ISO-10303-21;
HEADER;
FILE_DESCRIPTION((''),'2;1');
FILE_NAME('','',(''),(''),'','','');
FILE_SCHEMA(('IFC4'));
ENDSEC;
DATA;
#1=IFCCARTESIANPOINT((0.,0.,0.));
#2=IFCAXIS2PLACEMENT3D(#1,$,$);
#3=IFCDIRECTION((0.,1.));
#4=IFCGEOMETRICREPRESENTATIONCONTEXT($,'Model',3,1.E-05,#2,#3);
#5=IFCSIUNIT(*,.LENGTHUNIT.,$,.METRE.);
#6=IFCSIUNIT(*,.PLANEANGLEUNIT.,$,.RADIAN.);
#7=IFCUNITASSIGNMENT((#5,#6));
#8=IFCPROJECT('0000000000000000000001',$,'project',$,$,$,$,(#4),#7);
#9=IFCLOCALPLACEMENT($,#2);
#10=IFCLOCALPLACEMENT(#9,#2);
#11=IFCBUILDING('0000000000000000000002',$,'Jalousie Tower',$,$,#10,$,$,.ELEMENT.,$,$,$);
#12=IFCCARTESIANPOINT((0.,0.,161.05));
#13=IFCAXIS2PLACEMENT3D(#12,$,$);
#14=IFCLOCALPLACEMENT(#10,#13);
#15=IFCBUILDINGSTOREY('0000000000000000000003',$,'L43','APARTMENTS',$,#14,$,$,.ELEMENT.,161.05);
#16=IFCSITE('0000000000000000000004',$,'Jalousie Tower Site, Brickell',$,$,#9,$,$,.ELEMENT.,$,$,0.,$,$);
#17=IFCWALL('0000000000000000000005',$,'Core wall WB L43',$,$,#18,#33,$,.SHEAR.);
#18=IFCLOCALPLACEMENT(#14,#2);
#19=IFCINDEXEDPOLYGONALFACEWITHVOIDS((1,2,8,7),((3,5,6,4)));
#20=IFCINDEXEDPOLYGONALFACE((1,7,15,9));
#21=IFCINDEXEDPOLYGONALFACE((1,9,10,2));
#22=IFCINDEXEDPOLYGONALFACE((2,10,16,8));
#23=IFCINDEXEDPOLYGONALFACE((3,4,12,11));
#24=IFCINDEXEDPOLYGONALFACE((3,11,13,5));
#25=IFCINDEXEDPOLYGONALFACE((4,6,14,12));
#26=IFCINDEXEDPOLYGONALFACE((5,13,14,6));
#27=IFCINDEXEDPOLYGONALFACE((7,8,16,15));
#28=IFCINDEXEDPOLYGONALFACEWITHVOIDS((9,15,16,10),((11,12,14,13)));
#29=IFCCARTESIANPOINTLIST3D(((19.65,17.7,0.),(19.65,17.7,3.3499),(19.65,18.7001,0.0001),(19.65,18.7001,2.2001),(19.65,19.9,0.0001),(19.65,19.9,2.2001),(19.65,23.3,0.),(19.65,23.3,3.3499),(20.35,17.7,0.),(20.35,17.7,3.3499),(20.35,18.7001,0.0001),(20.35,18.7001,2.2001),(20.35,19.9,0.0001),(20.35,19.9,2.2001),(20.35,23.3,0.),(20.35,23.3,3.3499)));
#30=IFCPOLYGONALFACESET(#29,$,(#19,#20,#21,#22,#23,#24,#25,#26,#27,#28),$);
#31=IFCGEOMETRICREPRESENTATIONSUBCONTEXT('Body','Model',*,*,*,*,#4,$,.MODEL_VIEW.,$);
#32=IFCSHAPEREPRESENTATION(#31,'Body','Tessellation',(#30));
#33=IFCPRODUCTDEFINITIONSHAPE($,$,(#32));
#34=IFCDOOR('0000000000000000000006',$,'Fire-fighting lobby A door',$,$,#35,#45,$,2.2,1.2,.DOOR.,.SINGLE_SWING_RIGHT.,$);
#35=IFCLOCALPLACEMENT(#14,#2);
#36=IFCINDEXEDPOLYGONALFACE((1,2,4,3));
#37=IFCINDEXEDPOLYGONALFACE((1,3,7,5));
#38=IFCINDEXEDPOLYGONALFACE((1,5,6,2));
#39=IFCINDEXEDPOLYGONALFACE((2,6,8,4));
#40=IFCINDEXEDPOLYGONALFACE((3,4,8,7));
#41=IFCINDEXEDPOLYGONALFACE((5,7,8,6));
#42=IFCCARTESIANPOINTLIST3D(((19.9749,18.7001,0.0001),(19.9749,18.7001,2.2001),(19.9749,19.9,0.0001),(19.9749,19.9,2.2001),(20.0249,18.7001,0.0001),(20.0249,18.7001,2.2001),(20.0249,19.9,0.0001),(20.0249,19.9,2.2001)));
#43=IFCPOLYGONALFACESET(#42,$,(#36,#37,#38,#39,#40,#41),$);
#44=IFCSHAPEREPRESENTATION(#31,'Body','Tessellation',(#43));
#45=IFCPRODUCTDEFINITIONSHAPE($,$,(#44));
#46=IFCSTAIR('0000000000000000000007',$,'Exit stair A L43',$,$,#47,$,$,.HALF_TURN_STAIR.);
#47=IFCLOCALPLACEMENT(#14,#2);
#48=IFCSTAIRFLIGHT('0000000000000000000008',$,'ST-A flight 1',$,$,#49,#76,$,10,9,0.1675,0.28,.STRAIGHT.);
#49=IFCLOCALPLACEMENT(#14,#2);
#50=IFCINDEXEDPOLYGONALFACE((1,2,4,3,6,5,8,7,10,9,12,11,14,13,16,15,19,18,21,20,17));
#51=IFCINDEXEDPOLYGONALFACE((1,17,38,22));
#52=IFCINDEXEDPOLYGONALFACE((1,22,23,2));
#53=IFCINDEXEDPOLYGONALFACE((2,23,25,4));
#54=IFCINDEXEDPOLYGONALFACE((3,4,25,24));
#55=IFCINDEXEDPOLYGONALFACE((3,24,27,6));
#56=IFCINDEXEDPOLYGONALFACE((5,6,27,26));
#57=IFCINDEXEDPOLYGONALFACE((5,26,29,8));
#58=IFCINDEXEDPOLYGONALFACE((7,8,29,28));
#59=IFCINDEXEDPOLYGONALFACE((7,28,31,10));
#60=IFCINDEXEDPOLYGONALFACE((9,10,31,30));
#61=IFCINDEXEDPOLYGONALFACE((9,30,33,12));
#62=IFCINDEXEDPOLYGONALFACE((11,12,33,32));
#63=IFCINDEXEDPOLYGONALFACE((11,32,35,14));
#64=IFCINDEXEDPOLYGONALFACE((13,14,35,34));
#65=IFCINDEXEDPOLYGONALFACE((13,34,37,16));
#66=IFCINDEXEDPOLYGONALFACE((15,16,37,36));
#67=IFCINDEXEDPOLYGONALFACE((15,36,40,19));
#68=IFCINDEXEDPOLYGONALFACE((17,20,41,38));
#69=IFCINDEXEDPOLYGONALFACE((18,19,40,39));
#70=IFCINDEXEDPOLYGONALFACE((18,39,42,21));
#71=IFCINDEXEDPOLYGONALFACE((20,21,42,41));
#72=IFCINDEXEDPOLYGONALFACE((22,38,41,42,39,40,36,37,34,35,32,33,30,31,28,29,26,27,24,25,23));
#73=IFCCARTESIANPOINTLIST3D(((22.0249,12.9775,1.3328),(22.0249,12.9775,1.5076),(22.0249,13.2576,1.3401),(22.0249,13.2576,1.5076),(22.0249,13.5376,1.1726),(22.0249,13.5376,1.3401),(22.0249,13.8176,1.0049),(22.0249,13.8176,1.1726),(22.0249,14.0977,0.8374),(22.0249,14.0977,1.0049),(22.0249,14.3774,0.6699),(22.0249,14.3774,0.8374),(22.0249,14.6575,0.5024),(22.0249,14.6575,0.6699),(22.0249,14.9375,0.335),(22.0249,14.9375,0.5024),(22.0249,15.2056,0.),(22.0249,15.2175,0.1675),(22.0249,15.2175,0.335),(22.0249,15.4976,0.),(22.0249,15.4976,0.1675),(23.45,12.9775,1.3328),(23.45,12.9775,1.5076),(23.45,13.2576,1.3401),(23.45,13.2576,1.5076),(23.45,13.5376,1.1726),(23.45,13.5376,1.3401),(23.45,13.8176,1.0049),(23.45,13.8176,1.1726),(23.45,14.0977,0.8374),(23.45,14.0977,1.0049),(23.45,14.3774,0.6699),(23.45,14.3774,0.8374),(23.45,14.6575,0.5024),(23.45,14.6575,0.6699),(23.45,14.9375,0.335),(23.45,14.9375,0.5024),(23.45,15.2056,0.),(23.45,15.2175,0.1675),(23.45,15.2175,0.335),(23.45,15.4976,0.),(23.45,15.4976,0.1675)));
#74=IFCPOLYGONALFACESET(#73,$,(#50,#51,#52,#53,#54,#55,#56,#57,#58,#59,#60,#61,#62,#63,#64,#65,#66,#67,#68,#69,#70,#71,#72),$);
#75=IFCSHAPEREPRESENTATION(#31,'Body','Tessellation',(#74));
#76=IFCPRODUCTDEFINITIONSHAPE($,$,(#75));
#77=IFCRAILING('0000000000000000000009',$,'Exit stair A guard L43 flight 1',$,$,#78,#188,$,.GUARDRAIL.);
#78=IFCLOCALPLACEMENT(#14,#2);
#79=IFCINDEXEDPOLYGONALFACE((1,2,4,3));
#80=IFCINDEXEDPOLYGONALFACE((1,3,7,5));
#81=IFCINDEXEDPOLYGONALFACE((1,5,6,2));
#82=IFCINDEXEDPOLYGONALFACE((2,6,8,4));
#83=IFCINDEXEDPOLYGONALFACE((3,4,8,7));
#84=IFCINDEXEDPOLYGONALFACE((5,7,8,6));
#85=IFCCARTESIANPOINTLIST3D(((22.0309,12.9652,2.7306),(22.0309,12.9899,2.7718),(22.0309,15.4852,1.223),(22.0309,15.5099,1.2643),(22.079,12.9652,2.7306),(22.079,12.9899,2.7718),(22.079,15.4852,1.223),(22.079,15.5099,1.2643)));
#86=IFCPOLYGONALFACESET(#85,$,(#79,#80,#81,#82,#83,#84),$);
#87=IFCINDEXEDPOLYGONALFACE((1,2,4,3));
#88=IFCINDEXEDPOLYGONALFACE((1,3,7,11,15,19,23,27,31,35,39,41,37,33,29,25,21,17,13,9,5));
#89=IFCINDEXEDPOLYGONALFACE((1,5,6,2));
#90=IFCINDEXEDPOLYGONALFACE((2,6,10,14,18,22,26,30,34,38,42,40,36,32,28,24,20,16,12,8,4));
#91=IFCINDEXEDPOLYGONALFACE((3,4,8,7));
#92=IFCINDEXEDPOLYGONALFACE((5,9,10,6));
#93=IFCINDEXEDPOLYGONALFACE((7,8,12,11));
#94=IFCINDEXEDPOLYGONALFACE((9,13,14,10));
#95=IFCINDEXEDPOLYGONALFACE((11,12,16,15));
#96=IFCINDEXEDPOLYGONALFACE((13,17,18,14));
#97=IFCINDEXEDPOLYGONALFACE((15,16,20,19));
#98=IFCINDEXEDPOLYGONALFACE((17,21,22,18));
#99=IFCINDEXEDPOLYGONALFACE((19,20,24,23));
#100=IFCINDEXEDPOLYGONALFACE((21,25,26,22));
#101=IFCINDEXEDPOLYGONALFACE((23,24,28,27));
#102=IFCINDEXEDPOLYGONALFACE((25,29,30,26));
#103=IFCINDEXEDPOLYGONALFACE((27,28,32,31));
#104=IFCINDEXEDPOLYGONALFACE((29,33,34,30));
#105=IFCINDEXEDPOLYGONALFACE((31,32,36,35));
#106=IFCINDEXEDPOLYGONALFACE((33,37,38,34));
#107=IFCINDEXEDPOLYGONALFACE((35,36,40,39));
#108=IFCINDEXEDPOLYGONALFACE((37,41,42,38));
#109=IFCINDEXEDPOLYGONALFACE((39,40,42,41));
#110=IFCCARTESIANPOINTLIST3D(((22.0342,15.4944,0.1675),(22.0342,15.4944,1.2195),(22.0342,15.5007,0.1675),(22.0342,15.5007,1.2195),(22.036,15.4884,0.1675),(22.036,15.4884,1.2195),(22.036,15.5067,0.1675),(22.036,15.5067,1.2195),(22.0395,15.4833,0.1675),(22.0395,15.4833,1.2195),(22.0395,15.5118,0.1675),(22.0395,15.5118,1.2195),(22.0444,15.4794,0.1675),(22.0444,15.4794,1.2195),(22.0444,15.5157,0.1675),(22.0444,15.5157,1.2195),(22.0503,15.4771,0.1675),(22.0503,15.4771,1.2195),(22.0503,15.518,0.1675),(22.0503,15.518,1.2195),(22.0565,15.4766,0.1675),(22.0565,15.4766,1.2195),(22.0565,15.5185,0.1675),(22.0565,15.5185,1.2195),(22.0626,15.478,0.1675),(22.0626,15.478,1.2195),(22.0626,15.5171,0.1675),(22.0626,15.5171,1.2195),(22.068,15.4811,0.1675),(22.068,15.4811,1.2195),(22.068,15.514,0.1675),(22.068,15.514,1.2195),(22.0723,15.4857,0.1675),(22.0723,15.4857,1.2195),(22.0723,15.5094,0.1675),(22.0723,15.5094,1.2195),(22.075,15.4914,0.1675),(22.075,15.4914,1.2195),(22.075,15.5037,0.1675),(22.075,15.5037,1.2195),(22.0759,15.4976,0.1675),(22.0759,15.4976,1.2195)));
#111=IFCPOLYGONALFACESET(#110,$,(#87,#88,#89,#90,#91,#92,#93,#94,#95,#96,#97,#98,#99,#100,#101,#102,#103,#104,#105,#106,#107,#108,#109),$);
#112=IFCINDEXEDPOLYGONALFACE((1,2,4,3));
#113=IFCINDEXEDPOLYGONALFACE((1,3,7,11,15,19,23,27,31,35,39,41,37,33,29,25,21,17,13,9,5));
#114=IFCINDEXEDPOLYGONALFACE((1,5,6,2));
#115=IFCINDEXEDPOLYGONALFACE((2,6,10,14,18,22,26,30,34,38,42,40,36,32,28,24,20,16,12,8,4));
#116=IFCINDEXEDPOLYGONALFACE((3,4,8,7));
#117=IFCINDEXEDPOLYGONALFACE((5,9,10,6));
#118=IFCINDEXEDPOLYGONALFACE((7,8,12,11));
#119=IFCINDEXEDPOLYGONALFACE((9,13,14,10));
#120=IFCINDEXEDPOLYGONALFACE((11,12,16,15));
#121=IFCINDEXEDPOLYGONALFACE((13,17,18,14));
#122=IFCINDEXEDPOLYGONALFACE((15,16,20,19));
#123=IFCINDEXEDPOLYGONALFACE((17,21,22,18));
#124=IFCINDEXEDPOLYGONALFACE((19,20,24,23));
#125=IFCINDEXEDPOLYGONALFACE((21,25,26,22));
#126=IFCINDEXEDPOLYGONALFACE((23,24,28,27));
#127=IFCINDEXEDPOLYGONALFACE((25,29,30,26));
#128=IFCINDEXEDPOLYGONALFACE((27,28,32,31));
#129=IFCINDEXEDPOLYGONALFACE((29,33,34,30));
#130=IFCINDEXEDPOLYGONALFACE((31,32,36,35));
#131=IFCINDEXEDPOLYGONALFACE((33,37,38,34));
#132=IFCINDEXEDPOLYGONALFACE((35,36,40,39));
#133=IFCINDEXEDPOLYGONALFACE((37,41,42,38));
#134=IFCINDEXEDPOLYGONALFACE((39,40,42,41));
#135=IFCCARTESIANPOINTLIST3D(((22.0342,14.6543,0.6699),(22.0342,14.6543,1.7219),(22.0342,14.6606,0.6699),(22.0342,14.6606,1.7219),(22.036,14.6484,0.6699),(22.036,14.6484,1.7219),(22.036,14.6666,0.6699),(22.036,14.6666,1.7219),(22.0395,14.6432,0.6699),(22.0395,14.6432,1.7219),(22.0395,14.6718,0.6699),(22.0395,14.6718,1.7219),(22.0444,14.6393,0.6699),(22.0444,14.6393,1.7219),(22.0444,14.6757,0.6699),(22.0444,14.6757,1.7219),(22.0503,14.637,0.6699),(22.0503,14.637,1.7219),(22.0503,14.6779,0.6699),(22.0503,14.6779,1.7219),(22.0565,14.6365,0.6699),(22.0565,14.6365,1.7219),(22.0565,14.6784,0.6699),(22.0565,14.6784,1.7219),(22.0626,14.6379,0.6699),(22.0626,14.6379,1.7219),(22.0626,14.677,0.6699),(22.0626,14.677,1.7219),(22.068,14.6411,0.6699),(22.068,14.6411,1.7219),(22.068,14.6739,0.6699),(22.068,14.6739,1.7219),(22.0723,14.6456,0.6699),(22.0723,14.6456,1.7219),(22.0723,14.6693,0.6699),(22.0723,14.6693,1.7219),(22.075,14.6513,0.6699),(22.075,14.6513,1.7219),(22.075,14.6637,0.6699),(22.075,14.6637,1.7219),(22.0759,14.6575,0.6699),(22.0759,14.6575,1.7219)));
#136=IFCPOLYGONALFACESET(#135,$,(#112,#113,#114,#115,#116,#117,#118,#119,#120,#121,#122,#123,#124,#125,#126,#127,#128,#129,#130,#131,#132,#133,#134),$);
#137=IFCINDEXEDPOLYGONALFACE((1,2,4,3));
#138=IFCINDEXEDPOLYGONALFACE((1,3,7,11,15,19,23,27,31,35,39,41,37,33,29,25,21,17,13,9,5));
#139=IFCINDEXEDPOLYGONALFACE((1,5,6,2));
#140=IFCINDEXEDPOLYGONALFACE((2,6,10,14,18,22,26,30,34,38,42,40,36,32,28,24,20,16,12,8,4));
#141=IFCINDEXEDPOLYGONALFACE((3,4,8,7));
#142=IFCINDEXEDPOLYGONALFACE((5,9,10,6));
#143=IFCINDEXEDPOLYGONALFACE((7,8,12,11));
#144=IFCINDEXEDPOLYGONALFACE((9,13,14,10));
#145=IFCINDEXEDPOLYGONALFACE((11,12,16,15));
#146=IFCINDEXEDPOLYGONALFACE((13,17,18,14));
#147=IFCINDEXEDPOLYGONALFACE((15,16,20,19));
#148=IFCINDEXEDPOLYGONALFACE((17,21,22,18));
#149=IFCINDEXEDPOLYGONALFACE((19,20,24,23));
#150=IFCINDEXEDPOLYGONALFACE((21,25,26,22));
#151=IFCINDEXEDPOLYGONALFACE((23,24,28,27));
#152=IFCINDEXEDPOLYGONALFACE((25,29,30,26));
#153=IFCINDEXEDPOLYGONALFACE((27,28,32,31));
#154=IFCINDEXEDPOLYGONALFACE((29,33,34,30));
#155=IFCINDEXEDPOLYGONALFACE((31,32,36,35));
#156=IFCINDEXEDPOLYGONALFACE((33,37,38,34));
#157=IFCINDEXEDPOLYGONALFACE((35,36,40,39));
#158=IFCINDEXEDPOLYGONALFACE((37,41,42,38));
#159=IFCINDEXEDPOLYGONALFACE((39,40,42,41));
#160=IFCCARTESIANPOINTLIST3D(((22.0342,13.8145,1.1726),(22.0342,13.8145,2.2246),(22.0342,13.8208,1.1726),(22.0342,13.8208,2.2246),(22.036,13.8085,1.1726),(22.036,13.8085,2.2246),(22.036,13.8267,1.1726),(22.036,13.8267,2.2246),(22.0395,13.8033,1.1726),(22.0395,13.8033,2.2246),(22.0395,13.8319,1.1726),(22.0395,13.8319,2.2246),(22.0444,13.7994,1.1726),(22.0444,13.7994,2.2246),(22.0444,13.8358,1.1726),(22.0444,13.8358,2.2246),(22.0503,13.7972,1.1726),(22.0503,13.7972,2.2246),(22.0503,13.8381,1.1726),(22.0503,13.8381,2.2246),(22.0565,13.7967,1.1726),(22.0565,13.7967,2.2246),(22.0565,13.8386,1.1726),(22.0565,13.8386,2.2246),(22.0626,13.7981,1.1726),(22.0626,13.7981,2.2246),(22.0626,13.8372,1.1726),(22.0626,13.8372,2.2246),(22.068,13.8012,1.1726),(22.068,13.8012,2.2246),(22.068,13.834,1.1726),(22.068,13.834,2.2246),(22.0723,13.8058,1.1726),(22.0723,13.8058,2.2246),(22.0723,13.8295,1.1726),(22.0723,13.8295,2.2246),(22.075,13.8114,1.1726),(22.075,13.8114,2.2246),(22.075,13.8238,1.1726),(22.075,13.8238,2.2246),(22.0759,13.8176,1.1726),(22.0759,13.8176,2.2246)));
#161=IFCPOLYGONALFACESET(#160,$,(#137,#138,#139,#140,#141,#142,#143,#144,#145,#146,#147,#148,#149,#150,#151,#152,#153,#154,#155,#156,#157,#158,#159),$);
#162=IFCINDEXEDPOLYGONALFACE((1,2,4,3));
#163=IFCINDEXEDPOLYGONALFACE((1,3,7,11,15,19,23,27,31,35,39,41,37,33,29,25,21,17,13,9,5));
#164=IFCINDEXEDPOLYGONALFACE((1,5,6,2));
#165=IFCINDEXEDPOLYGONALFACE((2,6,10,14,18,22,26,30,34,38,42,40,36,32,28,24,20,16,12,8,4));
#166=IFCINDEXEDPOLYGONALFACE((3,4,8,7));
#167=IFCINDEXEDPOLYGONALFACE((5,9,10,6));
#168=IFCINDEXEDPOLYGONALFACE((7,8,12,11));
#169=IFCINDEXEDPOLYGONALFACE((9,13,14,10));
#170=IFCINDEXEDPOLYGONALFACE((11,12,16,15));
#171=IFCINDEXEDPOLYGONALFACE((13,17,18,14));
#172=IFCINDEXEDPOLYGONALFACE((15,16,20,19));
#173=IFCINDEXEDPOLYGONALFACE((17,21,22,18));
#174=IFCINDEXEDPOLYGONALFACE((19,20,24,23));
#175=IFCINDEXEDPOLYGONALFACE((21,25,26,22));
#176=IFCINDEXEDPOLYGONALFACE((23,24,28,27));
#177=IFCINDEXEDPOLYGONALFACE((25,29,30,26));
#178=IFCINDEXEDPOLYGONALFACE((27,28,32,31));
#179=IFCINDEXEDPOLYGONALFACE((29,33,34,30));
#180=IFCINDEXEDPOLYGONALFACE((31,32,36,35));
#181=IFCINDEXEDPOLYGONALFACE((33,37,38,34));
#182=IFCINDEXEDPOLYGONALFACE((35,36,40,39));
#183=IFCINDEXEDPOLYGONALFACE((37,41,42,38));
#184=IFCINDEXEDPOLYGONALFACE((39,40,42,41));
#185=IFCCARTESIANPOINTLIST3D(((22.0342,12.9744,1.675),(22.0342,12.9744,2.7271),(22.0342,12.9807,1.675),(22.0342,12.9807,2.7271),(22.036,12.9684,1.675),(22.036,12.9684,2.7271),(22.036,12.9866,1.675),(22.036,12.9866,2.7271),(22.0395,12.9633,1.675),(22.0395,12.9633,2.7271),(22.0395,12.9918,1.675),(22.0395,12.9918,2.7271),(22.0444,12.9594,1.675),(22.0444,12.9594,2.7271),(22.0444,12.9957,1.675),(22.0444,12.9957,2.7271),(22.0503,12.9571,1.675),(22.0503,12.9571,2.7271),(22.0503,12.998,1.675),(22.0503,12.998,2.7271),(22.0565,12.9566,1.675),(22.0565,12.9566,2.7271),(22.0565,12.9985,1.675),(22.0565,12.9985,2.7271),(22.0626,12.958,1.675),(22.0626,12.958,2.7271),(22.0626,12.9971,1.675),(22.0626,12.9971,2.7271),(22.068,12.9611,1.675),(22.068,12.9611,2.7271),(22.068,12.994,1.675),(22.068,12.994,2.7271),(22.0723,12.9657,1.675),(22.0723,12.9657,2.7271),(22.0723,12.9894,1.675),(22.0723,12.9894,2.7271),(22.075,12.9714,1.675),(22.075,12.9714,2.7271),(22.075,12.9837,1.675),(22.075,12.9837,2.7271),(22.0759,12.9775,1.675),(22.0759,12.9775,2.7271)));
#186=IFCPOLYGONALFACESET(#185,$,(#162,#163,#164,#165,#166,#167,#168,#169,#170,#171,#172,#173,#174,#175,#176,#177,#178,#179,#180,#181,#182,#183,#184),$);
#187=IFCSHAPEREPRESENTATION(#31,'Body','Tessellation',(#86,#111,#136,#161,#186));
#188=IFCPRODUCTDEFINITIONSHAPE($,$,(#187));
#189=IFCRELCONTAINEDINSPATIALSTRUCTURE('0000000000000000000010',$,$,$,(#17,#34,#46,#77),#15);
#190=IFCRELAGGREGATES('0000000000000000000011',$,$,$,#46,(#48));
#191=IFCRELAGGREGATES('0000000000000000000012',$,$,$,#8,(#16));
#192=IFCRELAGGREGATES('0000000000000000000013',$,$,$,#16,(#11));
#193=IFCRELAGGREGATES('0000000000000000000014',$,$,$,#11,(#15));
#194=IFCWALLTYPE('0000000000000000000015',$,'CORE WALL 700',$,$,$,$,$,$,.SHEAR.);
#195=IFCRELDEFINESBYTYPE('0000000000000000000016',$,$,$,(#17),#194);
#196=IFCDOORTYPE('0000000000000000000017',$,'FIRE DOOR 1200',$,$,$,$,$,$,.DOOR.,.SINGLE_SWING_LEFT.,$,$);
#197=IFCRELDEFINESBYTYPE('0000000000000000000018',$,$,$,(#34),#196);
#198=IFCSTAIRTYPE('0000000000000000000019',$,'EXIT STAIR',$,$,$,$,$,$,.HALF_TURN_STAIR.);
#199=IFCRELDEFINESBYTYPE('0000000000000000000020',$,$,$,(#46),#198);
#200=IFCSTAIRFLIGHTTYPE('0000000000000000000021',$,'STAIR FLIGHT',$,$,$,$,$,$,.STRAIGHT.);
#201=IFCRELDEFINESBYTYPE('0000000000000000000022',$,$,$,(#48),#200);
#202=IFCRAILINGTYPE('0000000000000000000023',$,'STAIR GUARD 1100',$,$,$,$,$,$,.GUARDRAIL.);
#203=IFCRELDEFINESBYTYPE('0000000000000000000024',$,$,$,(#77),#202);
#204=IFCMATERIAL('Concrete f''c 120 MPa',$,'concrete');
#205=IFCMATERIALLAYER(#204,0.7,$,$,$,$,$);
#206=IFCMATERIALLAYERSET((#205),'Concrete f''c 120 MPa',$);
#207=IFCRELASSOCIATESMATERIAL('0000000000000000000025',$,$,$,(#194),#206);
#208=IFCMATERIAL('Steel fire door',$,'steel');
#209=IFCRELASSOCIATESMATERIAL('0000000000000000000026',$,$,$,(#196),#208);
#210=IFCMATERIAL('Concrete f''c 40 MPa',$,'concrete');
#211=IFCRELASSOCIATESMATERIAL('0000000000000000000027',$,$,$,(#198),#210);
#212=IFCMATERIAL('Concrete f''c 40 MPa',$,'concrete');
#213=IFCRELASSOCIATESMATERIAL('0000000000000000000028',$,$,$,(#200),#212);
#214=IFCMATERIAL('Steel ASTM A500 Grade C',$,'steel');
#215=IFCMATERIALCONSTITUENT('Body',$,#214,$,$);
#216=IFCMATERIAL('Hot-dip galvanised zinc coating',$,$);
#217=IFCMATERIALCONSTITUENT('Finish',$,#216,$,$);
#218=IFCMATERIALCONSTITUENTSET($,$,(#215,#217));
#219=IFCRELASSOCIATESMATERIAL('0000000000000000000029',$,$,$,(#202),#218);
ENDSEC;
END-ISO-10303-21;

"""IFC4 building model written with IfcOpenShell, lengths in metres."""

from ifc_helpers import new_model, si_unit, direction, frame, frame_2d, origin, origin_2d, place, context, subcontext, project, spatial, polyline, rectangle, circle, outline, extrude, material, layer, layer_set, constituent, constituent_set, type_object, element, fill, aggregate, save


model = new_model("IFC4")

# Units and contexts
model_context = context("Model", 3, precision=1e-05, world=origin(), true_north=direction((0.0, 1.0)))
body_context = subcontext(model_context, "Body", "Model", "MODEL_VIEW")
ifc_project = project(units=[si_unit("LENGTHUNIT", "METRE"), si_unit("PLANEANGLEUNIT", "RADIAN")], contexts=[model_context])

# Site, building, storey
site_placement = place(None, origin())
site = spatial("IfcSite", under=ifc_project, at=site_placement, Name="Jalousie Tower Site, Brickell", CompositionType="ELEMENT", RefElevation=0.0)
building_placement = place(site_placement, origin())
building = spatial("IfcBuilding", under=site, at=building_placement, Name="Jalousie Tower", CompositionType="ELEMENT")
storey_placement = place(building_placement, frame((0.0, 0.0, 161.05)))
storey = spatial("IfcBuildingStorey", under=building, at=storey_placement, Name="L43", Description="APARTMENTS", CompositionType="ELEMENT", Elevation=161.05)

# Shared definitions
ifc_material_1 = material(Name="Concrete f'c 120 MPa", Category="concrete")
ifc_layer_1 = layer(ifc_material_1, 0.7)
ifc_layer_set_1 = layer_set([ifc_layer_1], Name="Concrete f'c 120 MPa")
wall_type_1 = type_object("IfcWallType", Name="CORE WALL 700", PredefinedType="SHEAR", material=ifc_layer_set_1)

# Wall, opening, door
wall_1_placement = place(storey_placement, frame((20.0, 23.3, 0.0), z_axis=(0.0, 0.0, 1.0), x_axis=(0.0, -1.0, 0.0)))
wall_1 = element("IfcWall", 1, at=wall_1_placement, inside=storey, type_object=wall_type_1, Name="Core wall WB L43", PredefinedType="SHEAR", context=body_context, shape_type="SweptSolid", body=[
    extrude(rectangle(XDim=5.6001, YDim=0.7, at=frame_2d((2.8, 0.0))), origin(), (0.0, 0.0, 1.0), 3.3499),
])
opening_1_placement = place(wall_1_placement, frame((3.3999, 0.0, 0.0)))
opening_1 = element("IfcOpeningElement", 2, at=opening_1_placement, cuts=wall_1, PredefinedType="OPENING", context=body_context, shape_type="SweptSolid", body=[
    extrude(rectangle(XDim=1.2, YDim=2.2, at=frame_2d((0.6001, 1.1001))), frame((0.0, 0.3599, 0.0), z_axis=(0.0, -1.0, 0.0), x_axis=(1.0, 0.0, 0.0)), (0.0, 0.0, 1.0), 0.72),
])
ifc_material_2 = material(Name="Steel fire door", Category="steel")
door_type_1 = type_object("IfcDoorType", Name="FIRE DOOR 1200", OperationType="SINGLE_SWING_LEFT", PredefinedType="DOOR", material=ifc_material_2)
door_1_placement = place(opening_1_placement, origin())
door_1 = element("IfcDoor", 3, at=door_1_placement, inside=storey, type_object=door_type_1, Name="Fire-fighting lobby A door", OperationType="SINGLE_SWING_RIGHT", OverallHeight=2.2, OverallWidth=1.2, PredefinedType="DOOR", context=body_context, shape_type="SweptSolid", body=[
    extrude(rectangle(XDim=1.2, YDim=2.2, at=frame_2d((0.6001, 1.1001))), frame((0.0, 0.0249, 0.0), z_axis=(0.0, -1.0, 0.0), x_axis=(1.0, 0.0, 0.0)), (0.0, 0.0, 1.0), 0.05),
])
fill(opening_1, door_1)

# Stair, stair flight
ifc_material_3 = material(Name="Concrete f'c 40 MPa", Category="concrete")
stair_type = type_object("IfcStairType", Name="EXIT STAIR", PredefinedType="HALF_TURN_STAIR", material=ifc_material_3)
stair_placement = place(storey_placement, origin())
stair = element("IfcStair", 4, at=stair_placement, inside=storey, type_object=stair_type, Name="Exit stair A L43", PredefinedType="HALF_TURN_STAIR")
ifc_material_4 = material(Name="Concrete f'c 40 MPa", Category="concrete")
stair_flight_type = type_object("IfcStairFlightType", Name="STAIR FLIGHT", PredefinedType="STRAIGHT", material=ifc_material_4)
stair_flight_placement = place(storey_placement, frame((22.7375, 15.4976, 0.0), z_axis=(0.0, 0.0, 1.0), x_axis=(0.0, -1.0, 0.0)))
stair_flight = element("IfcStairFlight", 5, at=stair_flight_placement, type_object=stair_flight_type, Name="ST-A flight 1", NumberOfRisers=10, NumberOfTreads=9, PredefinedType="STRAIGHT", RiserHeight=0.1675, TreadLength=0.28, context=body_context, shape_type="SweptSolid", body=[
    extrude(outline(polyline([(0.0, 0.0), (0.0, 0.1675), (0.28, 0.1675), (0.28, 0.335), (0.5601, 0.335), (0.5601, 0.5024), (0.8401, 0.5024), (0.8401, 0.6699), (1.1201, 0.6699), (1.1201, 0.8374), (1.3999, 0.8374), (1.3999, 1.0049), (1.6799, 1.0049), (1.6799, 1.1726), (1.96, 1.1726), (1.96, 1.3401), (2.24, 1.3401), (2.24, 1.5076), (2.52, 1.5076), (2.52, 1.675), (2.52, 1.3328), (0.292, 0.0), (0.0, 0.0)])), frame((0.0, 0.7124, 0.0), z_axis=(0.0, -1.0, 0.0), x_axis=(1.0, 0.0, 0.0)), (0.0, 0.0, 1.0), 1.425),
])
aggregate(stair, [stair_flight])

# Railing
ifc_material_5 = material(Name="Steel ASTM A500 Grade C", Category="steel")
ifc_constituent_1 = constituent(ifc_material_5, Name="Body")
ifc_material_6 = material(Name="Hot-dip galvanised zinc coating")
ifc_constituent_2 = constituent(ifc_material_6, Name="Finish")
ifc_constituent_set_1 = constituent_set(constituents=[ifc_constituent_1, ifc_constituent_2])
railing_type_1 = type_object("IfcRailingType", Name="STAIR GUARD 1100", PredefinedType="GUARDRAIL", material=ifc_constituent_set_1)
railing_1_placement = place(storey_placement, frame((22.0549, 15.4976, 0.1675)))
element("IfcRailing", 6, at=railing_1_placement, inside=storey, type_object=railing_type_1, Name="Exit stair A guard L43 flight 1", PredefinedType="GUARDRAIL", context=body_context, shape_type="SweptSolid", body=[
    extrude(rectangle(XDim=0.0481, YDim=0.0481, at=origin_2d()), frame((0.0, 0.0, 1.0762), z_axis=(0.0, -0.85816, 0.513383), x_axis=(1.0, 0.0, 0.0)), (0.0, 0.0, 1.0), 2.9365),
    extrude(circle(Radius=0.021, at=origin_2d()), origin(), (0.0, 0.0, 1.0), 1.052),
    extrude(circle(Radius=0.021, at=origin_2d()), frame((0.0, -0.8401, 0.5024)), (0.0, 0.0, 1.0), 1.052),
    extrude(circle(Radius=0.021, at=origin_2d()), frame((0.0, -1.6799, 1.0051)), (0.0, 0.0, 1.0), 1.052),
    extrude(circle(Radius=0.021, at=origin_2d()), frame((0.0, -2.52, 1.5076)), (0.0, 0.0, 1.0), 1.052),
])

save(model, "model.ifc")
